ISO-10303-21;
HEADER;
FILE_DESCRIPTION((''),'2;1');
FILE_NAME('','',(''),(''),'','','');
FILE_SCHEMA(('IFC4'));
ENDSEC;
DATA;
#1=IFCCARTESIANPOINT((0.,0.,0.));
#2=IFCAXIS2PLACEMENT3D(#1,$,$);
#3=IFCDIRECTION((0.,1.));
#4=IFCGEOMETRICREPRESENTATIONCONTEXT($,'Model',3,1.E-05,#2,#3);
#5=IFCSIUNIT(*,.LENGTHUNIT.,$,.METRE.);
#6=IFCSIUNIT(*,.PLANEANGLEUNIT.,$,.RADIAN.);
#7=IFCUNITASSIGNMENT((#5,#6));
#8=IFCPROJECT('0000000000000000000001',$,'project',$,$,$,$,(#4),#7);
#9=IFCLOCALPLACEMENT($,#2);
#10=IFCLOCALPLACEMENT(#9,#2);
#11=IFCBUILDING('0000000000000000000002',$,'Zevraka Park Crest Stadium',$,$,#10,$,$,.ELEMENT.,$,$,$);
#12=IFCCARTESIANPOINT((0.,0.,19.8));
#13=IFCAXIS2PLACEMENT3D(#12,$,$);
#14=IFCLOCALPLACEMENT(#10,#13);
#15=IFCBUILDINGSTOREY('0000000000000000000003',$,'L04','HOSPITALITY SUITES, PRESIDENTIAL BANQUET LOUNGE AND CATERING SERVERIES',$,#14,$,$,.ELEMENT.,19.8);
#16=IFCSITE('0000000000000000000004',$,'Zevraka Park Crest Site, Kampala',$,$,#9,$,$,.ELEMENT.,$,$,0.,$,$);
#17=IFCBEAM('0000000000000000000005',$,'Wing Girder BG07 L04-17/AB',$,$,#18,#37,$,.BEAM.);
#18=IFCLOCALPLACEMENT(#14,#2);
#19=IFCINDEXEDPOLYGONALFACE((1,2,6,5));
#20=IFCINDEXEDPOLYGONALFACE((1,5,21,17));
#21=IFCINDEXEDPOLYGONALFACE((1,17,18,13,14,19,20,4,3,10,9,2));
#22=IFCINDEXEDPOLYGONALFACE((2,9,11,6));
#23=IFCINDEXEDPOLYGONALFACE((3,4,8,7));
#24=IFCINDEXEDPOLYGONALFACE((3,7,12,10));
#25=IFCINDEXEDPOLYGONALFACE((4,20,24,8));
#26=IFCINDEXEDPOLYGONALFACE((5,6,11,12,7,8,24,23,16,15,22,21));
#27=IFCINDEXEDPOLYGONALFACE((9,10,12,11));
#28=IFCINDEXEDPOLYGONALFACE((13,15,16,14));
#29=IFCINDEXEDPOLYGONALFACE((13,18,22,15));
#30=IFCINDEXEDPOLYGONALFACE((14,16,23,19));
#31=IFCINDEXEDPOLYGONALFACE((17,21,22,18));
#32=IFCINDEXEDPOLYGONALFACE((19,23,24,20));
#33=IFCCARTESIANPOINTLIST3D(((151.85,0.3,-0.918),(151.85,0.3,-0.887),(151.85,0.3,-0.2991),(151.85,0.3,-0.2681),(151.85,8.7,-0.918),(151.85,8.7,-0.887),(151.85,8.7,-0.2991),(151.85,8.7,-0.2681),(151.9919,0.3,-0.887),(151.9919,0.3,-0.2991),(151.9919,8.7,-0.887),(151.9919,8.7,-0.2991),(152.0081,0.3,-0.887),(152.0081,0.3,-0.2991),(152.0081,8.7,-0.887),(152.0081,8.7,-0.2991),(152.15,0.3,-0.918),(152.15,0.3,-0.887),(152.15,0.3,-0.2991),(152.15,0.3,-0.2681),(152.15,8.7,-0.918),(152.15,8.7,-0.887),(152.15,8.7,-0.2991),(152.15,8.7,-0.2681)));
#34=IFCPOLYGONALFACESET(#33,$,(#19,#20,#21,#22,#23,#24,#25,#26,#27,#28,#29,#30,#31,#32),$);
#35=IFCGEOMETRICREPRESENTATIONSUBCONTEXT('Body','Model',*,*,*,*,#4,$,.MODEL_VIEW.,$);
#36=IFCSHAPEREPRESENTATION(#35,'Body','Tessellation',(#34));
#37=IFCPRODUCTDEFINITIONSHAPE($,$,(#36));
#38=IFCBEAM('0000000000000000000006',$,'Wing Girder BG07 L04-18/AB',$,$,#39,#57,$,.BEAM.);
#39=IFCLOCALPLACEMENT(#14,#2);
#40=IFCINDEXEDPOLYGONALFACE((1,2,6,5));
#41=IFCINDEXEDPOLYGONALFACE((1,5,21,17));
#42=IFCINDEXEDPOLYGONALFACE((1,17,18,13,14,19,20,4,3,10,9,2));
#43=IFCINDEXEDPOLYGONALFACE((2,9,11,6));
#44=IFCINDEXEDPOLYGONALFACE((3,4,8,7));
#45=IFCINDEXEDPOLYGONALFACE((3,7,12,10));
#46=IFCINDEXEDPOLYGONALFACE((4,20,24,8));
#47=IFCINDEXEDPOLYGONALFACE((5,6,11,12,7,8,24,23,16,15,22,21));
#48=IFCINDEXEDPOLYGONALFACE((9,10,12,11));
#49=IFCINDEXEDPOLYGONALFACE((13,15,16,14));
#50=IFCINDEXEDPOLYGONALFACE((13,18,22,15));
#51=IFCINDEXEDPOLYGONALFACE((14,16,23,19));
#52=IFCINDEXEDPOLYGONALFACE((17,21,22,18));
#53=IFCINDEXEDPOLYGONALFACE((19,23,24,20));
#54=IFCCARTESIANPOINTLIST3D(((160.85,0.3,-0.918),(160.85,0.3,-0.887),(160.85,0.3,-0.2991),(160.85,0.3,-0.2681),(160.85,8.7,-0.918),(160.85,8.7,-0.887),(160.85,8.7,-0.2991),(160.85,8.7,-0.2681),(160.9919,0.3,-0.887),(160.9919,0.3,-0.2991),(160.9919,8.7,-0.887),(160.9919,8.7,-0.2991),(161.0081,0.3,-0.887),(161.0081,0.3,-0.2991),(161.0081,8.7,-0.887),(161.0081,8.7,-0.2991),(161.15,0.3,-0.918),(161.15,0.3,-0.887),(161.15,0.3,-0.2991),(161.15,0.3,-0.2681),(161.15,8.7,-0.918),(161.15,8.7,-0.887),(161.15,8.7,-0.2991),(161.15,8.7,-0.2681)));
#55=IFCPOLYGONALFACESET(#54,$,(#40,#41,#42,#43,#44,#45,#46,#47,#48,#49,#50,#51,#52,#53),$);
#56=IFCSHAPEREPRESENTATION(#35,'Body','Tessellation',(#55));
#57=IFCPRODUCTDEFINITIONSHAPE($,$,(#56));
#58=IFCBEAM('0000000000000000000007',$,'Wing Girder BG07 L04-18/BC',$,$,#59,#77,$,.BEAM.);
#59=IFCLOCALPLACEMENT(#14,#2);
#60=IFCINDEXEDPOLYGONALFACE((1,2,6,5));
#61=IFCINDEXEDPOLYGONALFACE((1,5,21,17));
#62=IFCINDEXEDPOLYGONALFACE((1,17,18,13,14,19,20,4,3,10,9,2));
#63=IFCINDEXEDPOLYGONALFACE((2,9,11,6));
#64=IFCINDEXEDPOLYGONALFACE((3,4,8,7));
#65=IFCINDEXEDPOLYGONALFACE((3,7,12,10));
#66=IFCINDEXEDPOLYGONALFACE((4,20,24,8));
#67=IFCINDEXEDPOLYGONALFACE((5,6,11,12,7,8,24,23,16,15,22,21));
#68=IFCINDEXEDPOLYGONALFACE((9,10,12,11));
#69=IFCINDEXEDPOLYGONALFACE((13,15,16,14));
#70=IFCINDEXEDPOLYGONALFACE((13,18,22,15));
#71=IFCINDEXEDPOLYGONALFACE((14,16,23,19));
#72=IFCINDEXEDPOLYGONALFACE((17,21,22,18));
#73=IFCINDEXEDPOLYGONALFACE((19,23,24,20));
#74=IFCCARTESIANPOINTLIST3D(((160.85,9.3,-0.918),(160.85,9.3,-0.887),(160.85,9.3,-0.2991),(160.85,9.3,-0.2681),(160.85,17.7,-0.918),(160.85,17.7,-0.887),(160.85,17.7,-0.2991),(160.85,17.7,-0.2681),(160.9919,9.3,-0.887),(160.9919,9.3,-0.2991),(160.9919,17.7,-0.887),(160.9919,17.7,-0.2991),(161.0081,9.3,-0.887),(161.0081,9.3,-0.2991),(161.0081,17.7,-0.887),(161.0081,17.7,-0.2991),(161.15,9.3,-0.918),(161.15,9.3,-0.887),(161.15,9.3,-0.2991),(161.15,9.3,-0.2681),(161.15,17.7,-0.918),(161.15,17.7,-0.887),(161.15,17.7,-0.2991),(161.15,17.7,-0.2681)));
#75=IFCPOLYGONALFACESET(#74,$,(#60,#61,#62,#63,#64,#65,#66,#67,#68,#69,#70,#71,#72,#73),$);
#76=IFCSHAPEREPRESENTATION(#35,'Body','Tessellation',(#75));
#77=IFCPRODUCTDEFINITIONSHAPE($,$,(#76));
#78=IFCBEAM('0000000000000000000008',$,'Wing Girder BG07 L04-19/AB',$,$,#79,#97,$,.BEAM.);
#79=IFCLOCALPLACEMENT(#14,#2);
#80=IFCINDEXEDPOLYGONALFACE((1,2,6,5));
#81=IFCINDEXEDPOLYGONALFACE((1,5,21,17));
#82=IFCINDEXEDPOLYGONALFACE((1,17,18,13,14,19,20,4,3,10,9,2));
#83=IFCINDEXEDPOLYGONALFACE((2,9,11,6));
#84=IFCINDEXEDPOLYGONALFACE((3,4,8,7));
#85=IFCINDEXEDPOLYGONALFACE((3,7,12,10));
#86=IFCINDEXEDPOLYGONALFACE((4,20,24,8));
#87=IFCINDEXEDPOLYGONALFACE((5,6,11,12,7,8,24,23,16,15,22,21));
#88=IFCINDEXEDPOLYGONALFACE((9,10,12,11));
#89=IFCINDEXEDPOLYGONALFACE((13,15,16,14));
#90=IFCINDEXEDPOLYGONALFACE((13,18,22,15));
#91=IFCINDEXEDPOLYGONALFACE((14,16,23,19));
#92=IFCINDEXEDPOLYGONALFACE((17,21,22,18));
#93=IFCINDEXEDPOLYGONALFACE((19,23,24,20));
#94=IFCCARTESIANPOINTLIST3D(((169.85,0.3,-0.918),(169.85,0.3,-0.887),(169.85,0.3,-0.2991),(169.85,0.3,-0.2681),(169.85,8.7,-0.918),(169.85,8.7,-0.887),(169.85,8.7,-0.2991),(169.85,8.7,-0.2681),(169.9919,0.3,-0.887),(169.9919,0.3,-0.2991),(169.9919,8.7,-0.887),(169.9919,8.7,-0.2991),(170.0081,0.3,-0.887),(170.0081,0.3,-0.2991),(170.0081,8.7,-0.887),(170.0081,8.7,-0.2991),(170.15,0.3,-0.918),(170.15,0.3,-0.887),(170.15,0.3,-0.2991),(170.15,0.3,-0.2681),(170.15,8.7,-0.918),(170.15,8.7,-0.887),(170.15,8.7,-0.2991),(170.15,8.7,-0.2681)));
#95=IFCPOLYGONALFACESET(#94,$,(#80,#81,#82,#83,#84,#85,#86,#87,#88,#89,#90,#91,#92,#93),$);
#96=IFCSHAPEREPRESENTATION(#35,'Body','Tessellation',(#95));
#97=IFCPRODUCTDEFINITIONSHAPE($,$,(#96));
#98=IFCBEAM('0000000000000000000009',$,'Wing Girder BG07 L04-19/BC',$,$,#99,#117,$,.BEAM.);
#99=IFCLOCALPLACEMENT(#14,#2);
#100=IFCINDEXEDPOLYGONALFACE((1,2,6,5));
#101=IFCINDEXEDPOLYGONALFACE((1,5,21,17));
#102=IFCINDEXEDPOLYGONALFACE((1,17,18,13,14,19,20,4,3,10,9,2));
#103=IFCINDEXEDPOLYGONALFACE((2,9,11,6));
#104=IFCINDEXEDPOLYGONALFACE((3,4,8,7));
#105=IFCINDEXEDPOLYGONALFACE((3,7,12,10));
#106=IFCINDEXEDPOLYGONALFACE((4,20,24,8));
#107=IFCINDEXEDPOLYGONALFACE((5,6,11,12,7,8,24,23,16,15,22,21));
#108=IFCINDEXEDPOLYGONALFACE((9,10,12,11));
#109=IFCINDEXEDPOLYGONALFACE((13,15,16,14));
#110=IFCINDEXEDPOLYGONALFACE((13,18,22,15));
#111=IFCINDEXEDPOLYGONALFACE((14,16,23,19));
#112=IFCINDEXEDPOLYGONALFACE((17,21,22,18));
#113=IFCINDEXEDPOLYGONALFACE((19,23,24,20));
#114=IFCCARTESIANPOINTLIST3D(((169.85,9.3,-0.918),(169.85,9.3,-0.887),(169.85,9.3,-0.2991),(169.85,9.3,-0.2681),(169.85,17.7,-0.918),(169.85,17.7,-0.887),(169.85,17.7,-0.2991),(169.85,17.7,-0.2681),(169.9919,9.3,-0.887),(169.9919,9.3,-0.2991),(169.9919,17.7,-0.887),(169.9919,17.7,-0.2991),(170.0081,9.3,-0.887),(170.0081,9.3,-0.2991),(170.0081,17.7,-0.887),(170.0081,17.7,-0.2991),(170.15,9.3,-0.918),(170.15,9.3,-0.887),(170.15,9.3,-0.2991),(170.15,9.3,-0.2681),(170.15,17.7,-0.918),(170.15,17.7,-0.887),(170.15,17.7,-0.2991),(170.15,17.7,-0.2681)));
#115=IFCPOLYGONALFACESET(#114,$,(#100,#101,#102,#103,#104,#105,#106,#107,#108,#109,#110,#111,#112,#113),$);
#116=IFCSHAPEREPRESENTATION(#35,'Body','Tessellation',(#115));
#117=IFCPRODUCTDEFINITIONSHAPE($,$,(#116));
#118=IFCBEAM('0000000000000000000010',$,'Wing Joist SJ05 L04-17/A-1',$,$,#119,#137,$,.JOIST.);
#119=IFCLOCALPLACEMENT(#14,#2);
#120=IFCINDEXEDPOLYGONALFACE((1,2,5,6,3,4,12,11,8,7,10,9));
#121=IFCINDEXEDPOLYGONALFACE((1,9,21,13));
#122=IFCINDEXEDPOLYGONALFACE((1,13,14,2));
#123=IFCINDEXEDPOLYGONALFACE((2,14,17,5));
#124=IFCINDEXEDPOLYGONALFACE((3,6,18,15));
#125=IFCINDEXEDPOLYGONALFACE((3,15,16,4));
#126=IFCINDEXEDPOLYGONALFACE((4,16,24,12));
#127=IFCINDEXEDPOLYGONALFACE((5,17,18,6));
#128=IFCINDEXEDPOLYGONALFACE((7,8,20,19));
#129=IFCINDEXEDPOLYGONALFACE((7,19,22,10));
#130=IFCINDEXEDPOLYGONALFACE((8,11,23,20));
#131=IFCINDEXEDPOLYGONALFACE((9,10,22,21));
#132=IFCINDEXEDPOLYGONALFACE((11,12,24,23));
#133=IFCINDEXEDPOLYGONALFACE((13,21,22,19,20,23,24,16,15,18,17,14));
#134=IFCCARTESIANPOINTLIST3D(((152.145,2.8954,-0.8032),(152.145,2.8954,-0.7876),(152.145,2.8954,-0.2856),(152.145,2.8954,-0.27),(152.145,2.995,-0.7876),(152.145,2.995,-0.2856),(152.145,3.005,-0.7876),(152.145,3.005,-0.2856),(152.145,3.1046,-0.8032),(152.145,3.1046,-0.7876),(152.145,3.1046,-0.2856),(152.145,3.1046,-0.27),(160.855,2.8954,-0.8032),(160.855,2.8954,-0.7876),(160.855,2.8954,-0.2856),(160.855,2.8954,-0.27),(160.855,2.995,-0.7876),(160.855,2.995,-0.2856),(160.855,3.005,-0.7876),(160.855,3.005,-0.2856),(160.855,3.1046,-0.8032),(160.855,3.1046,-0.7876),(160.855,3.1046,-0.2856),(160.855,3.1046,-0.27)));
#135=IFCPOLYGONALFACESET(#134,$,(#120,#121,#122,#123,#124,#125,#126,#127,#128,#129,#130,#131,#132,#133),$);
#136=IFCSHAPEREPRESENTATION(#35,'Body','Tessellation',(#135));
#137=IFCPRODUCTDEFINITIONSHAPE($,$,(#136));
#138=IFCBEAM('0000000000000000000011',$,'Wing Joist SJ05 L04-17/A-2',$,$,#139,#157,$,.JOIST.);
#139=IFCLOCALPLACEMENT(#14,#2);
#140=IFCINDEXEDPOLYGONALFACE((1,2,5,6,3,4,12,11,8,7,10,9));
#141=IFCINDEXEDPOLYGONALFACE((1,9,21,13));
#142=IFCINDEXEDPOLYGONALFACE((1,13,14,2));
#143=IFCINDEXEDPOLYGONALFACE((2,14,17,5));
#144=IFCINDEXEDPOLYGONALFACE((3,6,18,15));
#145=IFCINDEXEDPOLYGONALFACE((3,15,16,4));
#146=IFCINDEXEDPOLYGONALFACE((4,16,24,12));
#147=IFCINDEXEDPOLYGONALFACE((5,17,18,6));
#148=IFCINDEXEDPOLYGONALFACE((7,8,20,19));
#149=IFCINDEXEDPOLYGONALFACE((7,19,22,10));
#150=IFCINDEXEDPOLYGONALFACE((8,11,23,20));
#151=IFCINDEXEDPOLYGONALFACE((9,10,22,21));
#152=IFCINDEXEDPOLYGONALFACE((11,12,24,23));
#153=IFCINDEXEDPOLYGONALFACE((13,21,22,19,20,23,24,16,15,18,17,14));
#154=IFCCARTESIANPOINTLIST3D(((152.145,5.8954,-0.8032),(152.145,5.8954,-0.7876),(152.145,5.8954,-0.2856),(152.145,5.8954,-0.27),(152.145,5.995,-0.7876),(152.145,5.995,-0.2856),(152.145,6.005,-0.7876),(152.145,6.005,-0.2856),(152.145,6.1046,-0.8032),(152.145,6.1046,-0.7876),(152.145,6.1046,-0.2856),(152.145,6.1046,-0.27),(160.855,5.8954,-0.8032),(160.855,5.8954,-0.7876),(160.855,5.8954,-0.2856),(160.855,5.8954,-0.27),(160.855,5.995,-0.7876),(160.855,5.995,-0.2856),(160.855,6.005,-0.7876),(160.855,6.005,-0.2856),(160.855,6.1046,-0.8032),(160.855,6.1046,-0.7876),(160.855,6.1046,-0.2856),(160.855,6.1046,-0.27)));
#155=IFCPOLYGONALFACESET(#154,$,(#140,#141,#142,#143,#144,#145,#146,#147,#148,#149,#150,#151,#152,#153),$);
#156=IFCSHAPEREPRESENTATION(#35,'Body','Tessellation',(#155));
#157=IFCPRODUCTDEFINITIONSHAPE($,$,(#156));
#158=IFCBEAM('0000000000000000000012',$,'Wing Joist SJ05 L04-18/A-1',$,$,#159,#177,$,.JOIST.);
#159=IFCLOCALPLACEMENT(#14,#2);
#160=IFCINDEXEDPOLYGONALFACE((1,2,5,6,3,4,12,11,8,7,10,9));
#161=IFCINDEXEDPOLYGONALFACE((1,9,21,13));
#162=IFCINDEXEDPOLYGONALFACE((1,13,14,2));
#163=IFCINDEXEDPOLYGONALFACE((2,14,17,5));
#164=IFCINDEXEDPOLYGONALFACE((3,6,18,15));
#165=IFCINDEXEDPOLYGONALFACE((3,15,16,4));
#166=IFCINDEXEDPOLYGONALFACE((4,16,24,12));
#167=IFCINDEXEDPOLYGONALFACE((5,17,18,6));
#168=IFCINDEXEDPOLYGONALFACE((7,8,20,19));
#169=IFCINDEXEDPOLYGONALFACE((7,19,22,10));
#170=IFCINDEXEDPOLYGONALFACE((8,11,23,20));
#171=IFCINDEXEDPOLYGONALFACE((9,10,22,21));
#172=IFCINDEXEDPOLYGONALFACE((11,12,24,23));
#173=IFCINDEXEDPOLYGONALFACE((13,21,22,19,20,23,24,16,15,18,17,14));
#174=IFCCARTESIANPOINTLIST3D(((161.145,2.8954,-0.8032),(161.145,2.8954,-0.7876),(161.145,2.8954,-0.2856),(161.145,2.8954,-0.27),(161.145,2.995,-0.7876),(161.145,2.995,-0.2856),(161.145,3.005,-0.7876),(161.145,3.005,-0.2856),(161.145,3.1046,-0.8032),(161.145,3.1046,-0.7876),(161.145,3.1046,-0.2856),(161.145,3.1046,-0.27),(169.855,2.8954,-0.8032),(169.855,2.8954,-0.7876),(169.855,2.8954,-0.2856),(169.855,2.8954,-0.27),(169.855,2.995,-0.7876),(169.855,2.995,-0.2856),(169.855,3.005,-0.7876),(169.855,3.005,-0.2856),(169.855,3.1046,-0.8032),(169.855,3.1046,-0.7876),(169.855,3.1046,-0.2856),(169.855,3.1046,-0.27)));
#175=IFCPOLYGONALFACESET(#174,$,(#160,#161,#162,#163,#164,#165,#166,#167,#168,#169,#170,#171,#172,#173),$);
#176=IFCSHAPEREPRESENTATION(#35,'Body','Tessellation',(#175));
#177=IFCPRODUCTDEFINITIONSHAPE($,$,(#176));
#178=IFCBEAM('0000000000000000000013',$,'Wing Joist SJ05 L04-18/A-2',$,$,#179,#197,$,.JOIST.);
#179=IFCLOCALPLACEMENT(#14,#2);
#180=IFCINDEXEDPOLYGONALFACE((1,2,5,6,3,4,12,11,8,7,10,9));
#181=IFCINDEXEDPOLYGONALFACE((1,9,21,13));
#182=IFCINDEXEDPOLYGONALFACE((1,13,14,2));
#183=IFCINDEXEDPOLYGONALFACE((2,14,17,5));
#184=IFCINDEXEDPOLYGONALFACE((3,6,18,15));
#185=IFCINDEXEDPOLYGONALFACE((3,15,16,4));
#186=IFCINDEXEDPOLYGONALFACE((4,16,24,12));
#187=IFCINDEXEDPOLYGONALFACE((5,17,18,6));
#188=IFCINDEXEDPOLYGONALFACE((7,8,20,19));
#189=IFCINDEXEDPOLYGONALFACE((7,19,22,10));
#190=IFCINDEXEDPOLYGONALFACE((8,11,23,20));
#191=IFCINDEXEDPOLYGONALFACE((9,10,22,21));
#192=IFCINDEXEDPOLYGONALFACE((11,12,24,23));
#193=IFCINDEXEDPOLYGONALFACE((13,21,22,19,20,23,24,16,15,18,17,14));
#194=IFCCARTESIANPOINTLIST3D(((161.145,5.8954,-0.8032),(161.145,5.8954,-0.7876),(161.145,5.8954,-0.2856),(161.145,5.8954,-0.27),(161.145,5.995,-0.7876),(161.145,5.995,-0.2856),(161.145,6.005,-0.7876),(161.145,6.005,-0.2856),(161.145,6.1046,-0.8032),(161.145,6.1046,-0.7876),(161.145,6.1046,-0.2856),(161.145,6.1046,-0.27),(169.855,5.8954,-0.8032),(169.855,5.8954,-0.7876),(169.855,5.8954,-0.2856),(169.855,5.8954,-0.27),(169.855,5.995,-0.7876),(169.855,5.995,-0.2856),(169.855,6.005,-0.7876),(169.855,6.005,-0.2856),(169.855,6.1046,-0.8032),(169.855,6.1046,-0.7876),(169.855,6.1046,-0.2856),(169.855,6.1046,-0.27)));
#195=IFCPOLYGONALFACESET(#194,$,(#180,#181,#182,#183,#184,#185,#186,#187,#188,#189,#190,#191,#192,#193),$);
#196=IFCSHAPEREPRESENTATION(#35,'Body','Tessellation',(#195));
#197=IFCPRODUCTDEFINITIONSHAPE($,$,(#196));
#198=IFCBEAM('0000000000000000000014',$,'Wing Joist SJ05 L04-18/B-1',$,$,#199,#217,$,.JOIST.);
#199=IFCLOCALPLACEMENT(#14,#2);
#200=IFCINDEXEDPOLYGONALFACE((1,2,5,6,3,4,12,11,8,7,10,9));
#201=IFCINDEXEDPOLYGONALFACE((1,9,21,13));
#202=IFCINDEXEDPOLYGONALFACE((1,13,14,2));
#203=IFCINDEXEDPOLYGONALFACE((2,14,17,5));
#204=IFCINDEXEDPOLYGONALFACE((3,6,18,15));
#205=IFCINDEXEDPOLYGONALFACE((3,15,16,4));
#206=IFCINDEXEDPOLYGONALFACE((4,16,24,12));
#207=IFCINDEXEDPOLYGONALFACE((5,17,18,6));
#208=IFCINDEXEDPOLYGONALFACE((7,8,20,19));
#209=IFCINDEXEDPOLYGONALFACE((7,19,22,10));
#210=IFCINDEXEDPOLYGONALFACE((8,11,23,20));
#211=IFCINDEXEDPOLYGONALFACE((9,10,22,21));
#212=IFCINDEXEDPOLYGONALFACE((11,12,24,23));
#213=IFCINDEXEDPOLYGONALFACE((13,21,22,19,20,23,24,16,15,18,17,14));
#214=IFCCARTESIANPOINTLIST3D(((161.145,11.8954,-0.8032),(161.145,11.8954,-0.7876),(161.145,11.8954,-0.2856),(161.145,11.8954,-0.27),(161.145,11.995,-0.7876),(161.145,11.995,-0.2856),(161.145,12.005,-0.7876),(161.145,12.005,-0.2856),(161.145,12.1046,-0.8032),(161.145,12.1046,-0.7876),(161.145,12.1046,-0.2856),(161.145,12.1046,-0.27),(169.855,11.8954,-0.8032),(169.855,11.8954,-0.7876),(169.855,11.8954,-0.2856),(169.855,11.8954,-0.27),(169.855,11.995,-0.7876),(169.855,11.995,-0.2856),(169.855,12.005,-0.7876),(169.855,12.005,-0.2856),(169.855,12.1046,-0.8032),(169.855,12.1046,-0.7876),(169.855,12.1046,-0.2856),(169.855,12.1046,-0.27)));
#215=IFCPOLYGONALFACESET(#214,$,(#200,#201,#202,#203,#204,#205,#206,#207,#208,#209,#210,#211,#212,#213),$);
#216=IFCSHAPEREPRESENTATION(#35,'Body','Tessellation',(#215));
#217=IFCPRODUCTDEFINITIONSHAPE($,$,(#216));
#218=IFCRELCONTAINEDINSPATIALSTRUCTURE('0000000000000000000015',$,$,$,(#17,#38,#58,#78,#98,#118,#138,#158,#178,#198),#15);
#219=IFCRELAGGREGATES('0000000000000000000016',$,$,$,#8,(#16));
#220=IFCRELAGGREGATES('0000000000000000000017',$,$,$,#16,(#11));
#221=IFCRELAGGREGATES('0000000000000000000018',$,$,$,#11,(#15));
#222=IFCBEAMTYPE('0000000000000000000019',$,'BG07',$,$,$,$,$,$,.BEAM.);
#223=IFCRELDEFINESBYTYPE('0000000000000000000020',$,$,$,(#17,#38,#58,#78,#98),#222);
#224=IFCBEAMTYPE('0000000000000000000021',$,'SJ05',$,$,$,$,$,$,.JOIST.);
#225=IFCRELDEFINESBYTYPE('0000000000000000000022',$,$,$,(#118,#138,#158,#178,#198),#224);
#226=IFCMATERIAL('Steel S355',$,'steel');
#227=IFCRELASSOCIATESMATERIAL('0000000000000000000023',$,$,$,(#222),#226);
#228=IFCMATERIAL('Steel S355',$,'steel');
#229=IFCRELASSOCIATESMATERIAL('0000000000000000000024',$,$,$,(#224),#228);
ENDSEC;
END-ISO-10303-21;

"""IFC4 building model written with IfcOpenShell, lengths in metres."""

from ifc_helpers import new_model, si_unit, direction, frame, origin, origin_2d, place, context, subcontext, project, spatial, i_section, extrude, material, material_profile, profile_set, type_object, element, save


model = new_model("IFC4")

# Units and contexts
model_context = context("Model", 3, precision=1e-05, world=origin(), true_north=direction((0.0, 1.0)))
body_context = subcontext(model_context, "Body", "Model", "MODEL_VIEW")
ifc_project = project(units=[si_unit("LENGTHUNIT", "METRE"), si_unit("PLANEANGLEUNIT", "RADIAN")], contexts=[model_context])

# Site, building, storey
site_placement = place(None, origin())
site = spatial("IfcSite", under=ifc_project, at=site_placement, Name="Zevraka Park Crest Site, Kampala", CompositionType="ELEMENT", RefElevation=0.0)
building_placement = place(site_placement, origin())
building = spatial("IfcBuilding", under=site, at=building_placement, Name="Zevraka Park Crest Stadium", CompositionType="ELEMENT")
storey_placement = place(building_placement, frame((0.0, 0.0, 19.8)))
storey = spatial("IfcBuildingStorey", under=building, at=storey_placement, Name="L04", Description="HOSPITALITY SUITES, PRESIDENTIAL BANQUET LOUNGE AND CATERING SERVERIES", CompositionType="ELEMENT", Elevation=19.8)

# Beams
ifc_material_1 = material(Name="Steel S355", Category="steel")
ifc_material_profile_1 = material_profile(ifc_material_1, i_section(OverallWidth=0.3, OverallDepth=0.6499, WebThickness=0.0161, FlangeThickness=0.031, at=origin_2d()), Name="HEB 650")
ifc_profile_set_1 = profile_set([ifc_material_profile_1], Name="Steel S355")
beam_type_1 = type_object("IfcBeamType", Name="BG07", PredefinedType="BEAM", material=ifc_profile_set_1)
for number, where, z_axis, x_axis, name in (
    (1, (152.0, 0.3, -0.593), (0.0, 1.0, 0.0), (-1.0, 0.0, 0.0), "Wing Girder BG07 L04-17/AB"),
    (2, (161.0, 0.3, -0.593), (0.0, 1.0, 0.0), (-1.0, 0.0, 0.0), "Wing Girder BG07 L04-18/AB"),
    (3, (161.0, 9.3, -0.593), (0.0, 1.0, 0.0), (-1.0, 0.0, 0.0), "Wing Girder BG07 L04-18/BC"),
    (4, (170.0, 0.3, -0.593), (0.0, 1.0, 0.0), (-1.0, 0.0, 0.0), "Wing Girder BG07 L04-19/AB"),
    (5, (170.0, 9.3, -0.593), (0.0, 1.0, 0.0), (-1.0, 0.0, 0.0), "Wing Girder BG07 L04-19/BC"),
):
    element("IfcBeam", number, at=place(storey_placement, frame(where, z_axis=z_axis, x_axis=x_axis)), inside=storey, type_object=beam_type_1, Name=name, PredefinedType="BEAM", context=body_context, shape_type="SweptSolid", body=[
        extrude(i_section(OverallWidth=0.3, OverallDepth=0.6499, WebThickness=0.0161, FlangeThickness=0.031, at=origin_2d()), origin(), (0.0, 0.0, 1.0), 8.3999),
    ])
ifc_material_2 = material(Name="Steel S355", Category="steel")
ifc_material_profile_2 = material_profile(ifc_material_2, i_section(OverallWidth=0.2092, OverallDepth=0.5332, WebThickness=0.01, FlangeThickness=0.0156, at=origin_2d()), Name="UKB 533x210x92")
ifc_profile_set_2 = profile_set([ifc_material_profile_2], Name="Steel S355")
beam_type_2 = type_object("IfcBeamType", Name="SJ05", PredefinedType="JOIST", material=ifc_profile_set_2)
for number, where, z_axis, x_axis, name in (
    (6, (152.145, 3.0, -0.5366), (1.0, 0.0, 0.0), (0.0, 1.0, 0.0), "Wing Joist SJ05 L04-17/A-1"),
    (7, (152.145, 6.0, -0.5366), (1.0, 0.0, 0.0), (0.0, 1.0, 0.0), "Wing Joist SJ05 L04-17/A-2"),
    (8, (161.145, 3.0, -0.5366), (1.0, 0.0, 0.0), (0.0, 1.0, 0.0), "Wing Joist SJ05 L04-18/A-1"),
    (9, (161.145, 6.0, -0.5366), (1.0, 0.0, 0.0), (0.0, 1.0, 0.0), "Wing Joist SJ05 L04-18/A-2"),
    (10, (161.145, 12.0, -0.5366), (1.0, 0.0, 0.0), (0.0, 1.0, 0.0), "Wing Joist SJ05 L04-18/B-1"),
):
    element("IfcBeam", number, at=place(storey_placement, frame(where, z_axis=z_axis, x_axis=x_axis)), inside=storey, type_object=beam_type_2, Name=name, PredefinedType="JOIST", context=body_context, shape_type="SweptSolid", body=[
        extrude(i_section(OverallWidth=0.2092, OverallDepth=0.5332, WebThickness=0.01, FlangeThickness=0.0156, at=origin_2d()), origin(), (0.0, 0.0, 1.0), 8.71),
    ])

save(model, "model.ifc")
